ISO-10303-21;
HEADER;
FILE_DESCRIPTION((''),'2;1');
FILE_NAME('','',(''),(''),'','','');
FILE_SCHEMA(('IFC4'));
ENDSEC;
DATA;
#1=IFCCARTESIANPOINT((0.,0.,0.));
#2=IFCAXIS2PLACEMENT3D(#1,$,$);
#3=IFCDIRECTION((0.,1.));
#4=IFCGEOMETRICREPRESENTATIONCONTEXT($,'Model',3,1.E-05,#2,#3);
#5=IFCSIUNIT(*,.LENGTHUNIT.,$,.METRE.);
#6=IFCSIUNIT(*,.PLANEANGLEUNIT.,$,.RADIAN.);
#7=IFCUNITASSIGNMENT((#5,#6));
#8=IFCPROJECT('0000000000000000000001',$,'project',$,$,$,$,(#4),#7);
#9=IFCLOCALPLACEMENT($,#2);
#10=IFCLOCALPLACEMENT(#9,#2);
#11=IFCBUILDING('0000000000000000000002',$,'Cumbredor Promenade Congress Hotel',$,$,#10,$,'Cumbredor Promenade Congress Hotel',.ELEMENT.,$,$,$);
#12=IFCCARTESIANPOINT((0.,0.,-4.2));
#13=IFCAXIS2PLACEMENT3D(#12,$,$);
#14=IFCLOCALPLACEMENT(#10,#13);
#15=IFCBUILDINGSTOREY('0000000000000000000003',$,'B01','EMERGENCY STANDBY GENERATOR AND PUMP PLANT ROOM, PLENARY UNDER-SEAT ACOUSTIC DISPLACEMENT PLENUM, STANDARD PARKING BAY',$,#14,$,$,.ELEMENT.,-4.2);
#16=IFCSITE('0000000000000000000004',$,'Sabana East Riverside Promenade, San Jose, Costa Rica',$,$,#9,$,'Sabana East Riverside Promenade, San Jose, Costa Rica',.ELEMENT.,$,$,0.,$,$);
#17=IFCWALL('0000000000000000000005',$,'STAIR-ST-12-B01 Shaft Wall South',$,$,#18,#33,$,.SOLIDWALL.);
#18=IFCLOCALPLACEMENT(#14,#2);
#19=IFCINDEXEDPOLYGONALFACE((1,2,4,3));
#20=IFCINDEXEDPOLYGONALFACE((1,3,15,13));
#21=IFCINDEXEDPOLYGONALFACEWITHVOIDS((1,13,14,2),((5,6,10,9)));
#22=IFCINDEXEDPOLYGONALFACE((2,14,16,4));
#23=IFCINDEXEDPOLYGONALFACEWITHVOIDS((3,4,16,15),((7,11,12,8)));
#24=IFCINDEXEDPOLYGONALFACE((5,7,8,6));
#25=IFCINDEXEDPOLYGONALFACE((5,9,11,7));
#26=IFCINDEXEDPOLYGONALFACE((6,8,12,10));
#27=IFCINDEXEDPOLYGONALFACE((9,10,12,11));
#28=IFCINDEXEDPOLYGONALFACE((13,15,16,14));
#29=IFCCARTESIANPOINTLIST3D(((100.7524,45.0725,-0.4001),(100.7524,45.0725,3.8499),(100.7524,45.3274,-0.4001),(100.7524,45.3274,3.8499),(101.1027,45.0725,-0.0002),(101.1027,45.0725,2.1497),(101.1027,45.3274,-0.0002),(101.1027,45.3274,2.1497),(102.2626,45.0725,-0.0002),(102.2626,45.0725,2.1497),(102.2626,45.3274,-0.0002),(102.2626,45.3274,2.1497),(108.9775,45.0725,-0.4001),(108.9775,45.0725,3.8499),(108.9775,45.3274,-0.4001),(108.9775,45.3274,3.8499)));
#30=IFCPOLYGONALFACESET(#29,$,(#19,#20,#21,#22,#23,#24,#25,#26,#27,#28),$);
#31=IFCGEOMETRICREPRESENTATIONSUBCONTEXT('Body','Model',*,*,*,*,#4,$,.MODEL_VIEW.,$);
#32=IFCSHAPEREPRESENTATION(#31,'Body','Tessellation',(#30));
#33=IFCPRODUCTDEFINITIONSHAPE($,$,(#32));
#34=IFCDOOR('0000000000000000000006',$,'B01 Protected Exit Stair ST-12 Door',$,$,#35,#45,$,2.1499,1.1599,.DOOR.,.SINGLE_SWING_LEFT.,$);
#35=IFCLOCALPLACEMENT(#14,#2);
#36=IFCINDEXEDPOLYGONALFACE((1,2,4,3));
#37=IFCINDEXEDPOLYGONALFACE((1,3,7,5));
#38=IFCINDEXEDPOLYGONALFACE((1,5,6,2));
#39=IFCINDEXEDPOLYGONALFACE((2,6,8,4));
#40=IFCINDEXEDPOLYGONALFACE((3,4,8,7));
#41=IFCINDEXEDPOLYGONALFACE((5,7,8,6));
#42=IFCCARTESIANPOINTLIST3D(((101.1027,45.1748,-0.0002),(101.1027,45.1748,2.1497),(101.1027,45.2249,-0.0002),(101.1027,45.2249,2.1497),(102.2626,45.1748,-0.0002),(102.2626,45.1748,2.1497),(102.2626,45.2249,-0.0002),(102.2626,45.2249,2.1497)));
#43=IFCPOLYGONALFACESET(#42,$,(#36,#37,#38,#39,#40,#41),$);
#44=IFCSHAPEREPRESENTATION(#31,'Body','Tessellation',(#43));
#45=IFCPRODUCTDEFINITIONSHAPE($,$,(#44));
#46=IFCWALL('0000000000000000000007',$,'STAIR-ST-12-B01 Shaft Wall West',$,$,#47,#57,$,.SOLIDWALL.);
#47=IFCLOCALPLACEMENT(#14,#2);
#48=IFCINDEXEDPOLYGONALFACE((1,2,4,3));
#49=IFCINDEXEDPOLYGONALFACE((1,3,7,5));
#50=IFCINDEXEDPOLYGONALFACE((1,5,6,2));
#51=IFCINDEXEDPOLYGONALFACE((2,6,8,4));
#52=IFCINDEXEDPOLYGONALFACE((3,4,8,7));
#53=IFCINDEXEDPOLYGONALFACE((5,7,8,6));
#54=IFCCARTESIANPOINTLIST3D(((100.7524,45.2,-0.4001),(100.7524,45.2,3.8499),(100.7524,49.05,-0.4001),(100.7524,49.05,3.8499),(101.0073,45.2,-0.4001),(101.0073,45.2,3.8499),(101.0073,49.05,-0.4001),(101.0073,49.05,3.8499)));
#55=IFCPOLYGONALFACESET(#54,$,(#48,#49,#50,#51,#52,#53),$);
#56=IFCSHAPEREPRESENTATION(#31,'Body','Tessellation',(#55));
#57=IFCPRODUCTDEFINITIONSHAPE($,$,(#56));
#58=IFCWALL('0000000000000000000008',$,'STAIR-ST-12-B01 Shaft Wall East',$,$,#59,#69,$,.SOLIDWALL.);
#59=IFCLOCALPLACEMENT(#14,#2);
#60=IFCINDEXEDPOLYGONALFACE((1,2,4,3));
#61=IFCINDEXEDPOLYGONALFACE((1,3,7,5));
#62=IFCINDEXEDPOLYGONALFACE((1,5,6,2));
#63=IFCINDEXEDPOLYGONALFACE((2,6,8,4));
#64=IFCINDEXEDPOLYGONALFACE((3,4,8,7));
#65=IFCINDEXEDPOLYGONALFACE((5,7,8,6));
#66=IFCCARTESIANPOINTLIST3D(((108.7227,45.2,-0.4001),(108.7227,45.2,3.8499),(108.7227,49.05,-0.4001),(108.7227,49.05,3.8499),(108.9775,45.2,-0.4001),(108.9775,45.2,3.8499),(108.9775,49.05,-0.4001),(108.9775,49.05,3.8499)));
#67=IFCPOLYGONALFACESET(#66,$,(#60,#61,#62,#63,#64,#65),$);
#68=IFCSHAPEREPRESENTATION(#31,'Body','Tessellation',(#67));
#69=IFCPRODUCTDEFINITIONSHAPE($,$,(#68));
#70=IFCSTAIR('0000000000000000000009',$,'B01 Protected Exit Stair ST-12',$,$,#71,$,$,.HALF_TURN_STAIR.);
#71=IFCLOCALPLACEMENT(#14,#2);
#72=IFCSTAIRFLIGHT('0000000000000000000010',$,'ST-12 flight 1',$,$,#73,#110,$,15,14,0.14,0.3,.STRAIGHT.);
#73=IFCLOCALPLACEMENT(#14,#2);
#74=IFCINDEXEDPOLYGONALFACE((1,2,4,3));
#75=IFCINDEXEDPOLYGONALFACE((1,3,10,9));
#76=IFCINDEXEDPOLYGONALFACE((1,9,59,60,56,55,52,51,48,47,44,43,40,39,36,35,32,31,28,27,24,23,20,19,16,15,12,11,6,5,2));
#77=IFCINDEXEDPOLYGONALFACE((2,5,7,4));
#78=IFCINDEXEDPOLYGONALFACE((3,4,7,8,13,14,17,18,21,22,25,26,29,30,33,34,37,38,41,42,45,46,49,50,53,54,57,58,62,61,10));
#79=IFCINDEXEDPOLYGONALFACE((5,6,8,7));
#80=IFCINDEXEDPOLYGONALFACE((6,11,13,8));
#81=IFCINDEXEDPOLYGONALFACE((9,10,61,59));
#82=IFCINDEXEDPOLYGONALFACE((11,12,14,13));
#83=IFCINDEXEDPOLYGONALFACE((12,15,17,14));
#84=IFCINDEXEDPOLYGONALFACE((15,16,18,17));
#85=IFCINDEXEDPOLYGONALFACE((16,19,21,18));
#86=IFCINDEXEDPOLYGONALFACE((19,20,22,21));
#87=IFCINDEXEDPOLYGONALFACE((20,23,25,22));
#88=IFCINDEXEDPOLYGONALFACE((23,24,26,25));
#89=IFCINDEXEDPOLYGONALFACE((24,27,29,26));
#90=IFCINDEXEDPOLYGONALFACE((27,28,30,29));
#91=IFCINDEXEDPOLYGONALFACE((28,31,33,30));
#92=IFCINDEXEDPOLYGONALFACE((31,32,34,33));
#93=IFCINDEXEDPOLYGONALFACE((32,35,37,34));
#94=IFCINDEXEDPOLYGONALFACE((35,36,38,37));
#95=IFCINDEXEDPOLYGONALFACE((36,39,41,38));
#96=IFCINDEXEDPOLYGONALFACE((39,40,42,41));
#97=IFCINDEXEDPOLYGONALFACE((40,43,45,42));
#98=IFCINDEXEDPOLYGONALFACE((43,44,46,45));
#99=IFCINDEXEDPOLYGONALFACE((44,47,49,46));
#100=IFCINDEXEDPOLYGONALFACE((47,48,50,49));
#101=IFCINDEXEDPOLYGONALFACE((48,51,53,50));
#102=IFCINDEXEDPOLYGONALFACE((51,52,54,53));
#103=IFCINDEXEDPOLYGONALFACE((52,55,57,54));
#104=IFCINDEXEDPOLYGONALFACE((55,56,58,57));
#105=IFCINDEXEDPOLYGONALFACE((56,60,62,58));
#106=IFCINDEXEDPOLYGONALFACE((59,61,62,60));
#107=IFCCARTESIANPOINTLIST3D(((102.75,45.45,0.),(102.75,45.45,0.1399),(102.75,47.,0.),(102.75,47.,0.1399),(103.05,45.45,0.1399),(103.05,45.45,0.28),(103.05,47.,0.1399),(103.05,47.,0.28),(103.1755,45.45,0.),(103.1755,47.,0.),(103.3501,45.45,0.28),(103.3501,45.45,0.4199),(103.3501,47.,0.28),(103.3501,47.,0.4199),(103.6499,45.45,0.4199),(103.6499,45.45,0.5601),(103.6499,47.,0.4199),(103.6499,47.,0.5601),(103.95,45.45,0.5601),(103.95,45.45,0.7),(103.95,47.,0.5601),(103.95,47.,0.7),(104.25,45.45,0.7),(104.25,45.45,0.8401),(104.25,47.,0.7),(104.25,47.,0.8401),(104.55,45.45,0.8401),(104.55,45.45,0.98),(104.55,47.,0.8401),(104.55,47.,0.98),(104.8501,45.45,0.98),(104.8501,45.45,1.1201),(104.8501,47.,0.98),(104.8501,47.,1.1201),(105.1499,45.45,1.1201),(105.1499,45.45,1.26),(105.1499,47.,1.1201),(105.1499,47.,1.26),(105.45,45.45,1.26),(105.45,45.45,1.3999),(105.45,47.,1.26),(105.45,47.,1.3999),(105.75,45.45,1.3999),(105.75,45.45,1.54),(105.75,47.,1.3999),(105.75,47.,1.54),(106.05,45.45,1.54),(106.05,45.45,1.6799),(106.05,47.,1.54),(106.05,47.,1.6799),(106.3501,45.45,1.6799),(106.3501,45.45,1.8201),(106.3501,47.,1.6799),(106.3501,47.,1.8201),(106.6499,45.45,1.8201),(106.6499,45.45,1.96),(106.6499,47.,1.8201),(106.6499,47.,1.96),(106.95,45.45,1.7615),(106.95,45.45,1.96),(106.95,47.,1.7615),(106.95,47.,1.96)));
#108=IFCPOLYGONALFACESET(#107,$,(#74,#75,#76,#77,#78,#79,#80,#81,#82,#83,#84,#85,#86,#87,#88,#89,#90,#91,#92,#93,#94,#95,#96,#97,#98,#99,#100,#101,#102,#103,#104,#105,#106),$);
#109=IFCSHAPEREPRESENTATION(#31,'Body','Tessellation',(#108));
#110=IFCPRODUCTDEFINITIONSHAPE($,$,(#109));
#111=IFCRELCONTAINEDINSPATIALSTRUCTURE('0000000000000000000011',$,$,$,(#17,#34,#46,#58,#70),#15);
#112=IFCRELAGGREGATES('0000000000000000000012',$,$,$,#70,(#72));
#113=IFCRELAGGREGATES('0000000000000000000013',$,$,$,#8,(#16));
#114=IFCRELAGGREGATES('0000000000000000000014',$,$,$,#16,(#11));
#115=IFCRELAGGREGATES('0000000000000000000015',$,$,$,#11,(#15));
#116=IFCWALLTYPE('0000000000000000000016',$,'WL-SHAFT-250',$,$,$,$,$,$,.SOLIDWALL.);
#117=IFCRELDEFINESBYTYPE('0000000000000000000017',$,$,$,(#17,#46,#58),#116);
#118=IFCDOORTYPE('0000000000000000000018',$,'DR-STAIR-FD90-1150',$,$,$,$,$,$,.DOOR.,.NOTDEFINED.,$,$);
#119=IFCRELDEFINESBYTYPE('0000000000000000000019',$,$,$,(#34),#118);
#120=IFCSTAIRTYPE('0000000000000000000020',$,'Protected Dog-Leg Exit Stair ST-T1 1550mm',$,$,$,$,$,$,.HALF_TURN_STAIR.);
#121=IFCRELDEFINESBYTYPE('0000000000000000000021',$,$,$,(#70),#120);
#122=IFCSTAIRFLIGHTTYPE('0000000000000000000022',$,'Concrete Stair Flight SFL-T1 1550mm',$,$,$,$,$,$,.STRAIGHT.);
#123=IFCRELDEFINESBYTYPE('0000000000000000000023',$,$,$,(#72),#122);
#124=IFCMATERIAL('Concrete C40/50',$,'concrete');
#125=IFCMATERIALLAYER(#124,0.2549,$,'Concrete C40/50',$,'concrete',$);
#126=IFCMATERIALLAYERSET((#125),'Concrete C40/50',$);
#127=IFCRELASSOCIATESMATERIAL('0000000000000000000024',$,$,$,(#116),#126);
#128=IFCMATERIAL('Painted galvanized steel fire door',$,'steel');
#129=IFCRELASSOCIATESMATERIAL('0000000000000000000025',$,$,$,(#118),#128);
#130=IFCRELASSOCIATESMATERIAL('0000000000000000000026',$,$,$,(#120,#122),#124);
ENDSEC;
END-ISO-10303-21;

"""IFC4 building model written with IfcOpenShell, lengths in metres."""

from ifc_helpers import new_model, si_unit, direction, frame, frame_2d, origin, place, context, subcontext, project, spatial, polyline, rectangle, outline, extrude, material, layer, layer_set, type_object, element, fill, aggregate, save


model = new_model("IFC4")

# Units and contexts
model_context = context("Model", 3, precision=1e-05, world=origin(), true_north=direction((0.0, 1.0)))
body_context = subcontext(model_context, "Body", "Model", "MODEL_VIEW")
ifc_project = project(units=[si_unit("LENGTHUNIT", "METRE"), si_unit("PLANEANGLEUNIT", "RADIAN")], contexts=[model_context])

# Site, building, storey
site_placement = place(None, origin())
site = spatial("IfcSite", under=ifc_project, at=site_placement, Name="Sabana East Riverside Promenade, San Jose, Costa Rica", LongName="Sabana East Riverside Promenade, San Jose, Costa Rica", CompositionType="ELEMENT", RefElevation=0.0)
building_placement = place(site_placement, origin())
building = spatial("IfcBuilding", under=site, at=building_placement, Name="Cumbredor Promenade Congress Hotel", LongName="Cumbredor Promenade Congress Hotel", CompositionType="ELEMENT")
storey_placement = place(building_placement, frame((0.0, 0.0, -4.2)))
storey = spatial("IfcBuildingStorey", under=building, at=storey_placement, Name="B01", Description="EMERGENCY STANDBY GENERATOR AND PUMP PLANT ROOM, PLENARY UNDER-SEAT ACOUSTIC DISPLACEMENT PLENUM, STANDARD PARKING BAY", CompositionType="ELEMENT", Elevation=-4.2)

# Shared definitions
ifc_material_1 = material(Name="Concrete C40/50", Category="concrete")

# Wall, opening, door
ifc_layer = layer(ifc_material_1, 0.2549, Name="Concrete C40/50", Category="concrete")
ifc_layer_set = layer_set([ifc_layer], Name="Concrete C40/50")
wall_type = type_object("IfcWallType", Name="WL-SHAFT-250", PredefinedType="SOLIDWALL", material=ifc_layer_set)
wall_placement = place(storey_placement, frame((100.7524, 45.2, -0.4001), z_axis=(0.0, 0.0, 1.0), x_axis=(1.0, 0.0, 0.0)))
wall = element("IfcWall", 1, at=wall_placement, inside=storey, type_object=wall_type, Name="STAIR-ST-12-B01 Shaft Wall South", PredefinedType="SOLIDWALL", context=body_context, shape_type="SweptSolid", body=[
    extrude(rectangle(XDim=8.2251, YDim=0.2549, at=frame_2d((4.1125, 0.0))), origin(), (0.0, 0.0, 1.0), 4.25),
])
opening_placement = place(wall_placement, frame((0.3501, 0.0, 0.3999)))
opening = element("IfcOpeningElement", 2, at=opening_placement, cuts=wall, PredefinedType="OPENING", context=body_context, shape_type="SweptSolid", body=[
    extrude(rectangle(XDim=1.1599, YDim=2.1499, at=frame_2d((0.5801, 1.075))), frame((0.0, 0.1375, 0.0), z_axis=(0.0, -1.0, 0.0), x_axis=(1.0, 0.0, 0.0)), (0.0, 0.0, 1.0), 0.2749),
])
ifc_material_2 = material(Name="Painted galvanized steel fire door", Category="steel")
door_type = type_object("IfcDoorType", Name="DR-STAIR-FD90-1150", OperationType="NOTDEFINED", PredefinedType="DOOR", material=ifc_material_2)
door_placement = place(opening_placement, origin())
door = element("IfcDoor", 3, at=door_placement, inside=storey, type_object=door_type, Name="B01 Protected Exit Stair ST-12 Door", OperationType="SINGLE_SWING_LEFT", OverallHeight=2.1499, OverallWidth=1.1599, PredefinedType="DOOR", context=body_context, shape_type="SweptSolid", body=[
    extrude(rectangle(XDim=1.1599, YDim=2.1499, at=frame_2d((0.5801, 1.075))), frame((0.0, 0.0249, 0.0), z_axis=(0.0, -1.0, 0.0), x_axis=(1.0, 0.0, 0.0)), (0.0, 0.0, 1.0), 0.05),
])
fill(opening, door)

# Walls
for number, where, z_axis, x_axis, name in (
    (4, (100.8799, 45.2, -0.4001), (0.0, 0.0, 1.0), (0.0, 1.0, 0.0), "STAIR-ST-12-B01 Shaft Wall West"),
    (5, (108.8501, 45.2, -0.4001), (0.0, 0.0, 1.0), (0.0, 1.0, 0.0), "STAIR-ST-12-B01 Shaft Wall East"),
):
    element("IfcWall", number, at=place(storey_placement, frame(where, z_axis=z_axis, x_axis=x_axis)), inside=storey, type_object=wall_type, Name=name, PredefinedType="SOLIDWALL", context=body_context, shape_type="SweptSolid", body=[
        extrude(rectangle(XDim=3.8501, YDim=0.2549, at=frame_2d((1.925, 0.0))), origin(), (0.0, 0.0, 1.0), 4.25),
    ])

# Stair, stair flight
stair_type = type_object("IfcStairType", Name="Protected Dog-Leg Exit Stair ST-T1 1550mm", PredefinedType="HALF_TURN_STAIR", material=ifc_material_1)
stair_placement = place(storey_placement, origin())
stair = element("IfcStair", 6, at=stair_placement, inside=storey, type_object=stair_type, Name="B01 Protected Exit Stair ST-12", PredefinedType="HALF_TURN_STAIR")
stair_flight_type = type_object("IfcStairFlightType", Name="Concrete Stair Flight SFL-T1 1550mm", PredefinedType="STRAIGHT", material=ifc_material_1)
stair_flight_placement = place(storey_placement, frame((102.75, 46.2251, 0.0), z_axis=(0.0, 0.0, 1.0), x_axis=(1.0, 0.0, 0.0)))
stair_flight = element("IfcStairFlight", 7, at=stair_flight_placement, type_object=stair_flight_type, Name="ST-12 flight 1", NumberOfRisers=15, NumberOfTreads=14, PredefinedType="STRAIGHT", RiserHeight=0.14, TreadLength=0.3, context=body_context, shape_type="SweptSolid", body=[
    extrude(outline(polyline([(0.0, 0.0), (0.0, 0.1399), (0.3, 0.1399), (0.3, 0.28), (0.6001, 0.28), (0.6001, 0.4199), (0.8999, 0.4199), (0.8999, 0.5601), (1.2, 0.5601), (1.2, 0.7), (1.5, 0.7), (1.5, 0.8401), (1.8, 0.8401), (1.8, 0.98), (2.1001, 0.98), (2.1001, 1.1201), (2.3999, 1.1201), (2.3999, 1.26), (2.7, 1.26), (2.7, 1.3999), (3.0, 1.3999), (3.0, 1.54), (3.3, 1.54), (3.3, 1.6799), (3.6001, 1.6799), (3.6001, 1.8201), (3.8999, 1.8201), (3.8999, 1.96), (4.2, 1.96), (4.2, 2.1001), (4.2, 1.7615), (0.4255, 0.0), (0.0, 0.0)])), frame((0.0, 0.7749, 0.0), z_axis=(0.0, -1.0, 0.0), x_axis=(1.0, 0.0, 0.0)), (0.0, 0.0, 1.0), 1.55),
])
aggregate(stair, [stair_flight])

save(model, "model.ifc")
